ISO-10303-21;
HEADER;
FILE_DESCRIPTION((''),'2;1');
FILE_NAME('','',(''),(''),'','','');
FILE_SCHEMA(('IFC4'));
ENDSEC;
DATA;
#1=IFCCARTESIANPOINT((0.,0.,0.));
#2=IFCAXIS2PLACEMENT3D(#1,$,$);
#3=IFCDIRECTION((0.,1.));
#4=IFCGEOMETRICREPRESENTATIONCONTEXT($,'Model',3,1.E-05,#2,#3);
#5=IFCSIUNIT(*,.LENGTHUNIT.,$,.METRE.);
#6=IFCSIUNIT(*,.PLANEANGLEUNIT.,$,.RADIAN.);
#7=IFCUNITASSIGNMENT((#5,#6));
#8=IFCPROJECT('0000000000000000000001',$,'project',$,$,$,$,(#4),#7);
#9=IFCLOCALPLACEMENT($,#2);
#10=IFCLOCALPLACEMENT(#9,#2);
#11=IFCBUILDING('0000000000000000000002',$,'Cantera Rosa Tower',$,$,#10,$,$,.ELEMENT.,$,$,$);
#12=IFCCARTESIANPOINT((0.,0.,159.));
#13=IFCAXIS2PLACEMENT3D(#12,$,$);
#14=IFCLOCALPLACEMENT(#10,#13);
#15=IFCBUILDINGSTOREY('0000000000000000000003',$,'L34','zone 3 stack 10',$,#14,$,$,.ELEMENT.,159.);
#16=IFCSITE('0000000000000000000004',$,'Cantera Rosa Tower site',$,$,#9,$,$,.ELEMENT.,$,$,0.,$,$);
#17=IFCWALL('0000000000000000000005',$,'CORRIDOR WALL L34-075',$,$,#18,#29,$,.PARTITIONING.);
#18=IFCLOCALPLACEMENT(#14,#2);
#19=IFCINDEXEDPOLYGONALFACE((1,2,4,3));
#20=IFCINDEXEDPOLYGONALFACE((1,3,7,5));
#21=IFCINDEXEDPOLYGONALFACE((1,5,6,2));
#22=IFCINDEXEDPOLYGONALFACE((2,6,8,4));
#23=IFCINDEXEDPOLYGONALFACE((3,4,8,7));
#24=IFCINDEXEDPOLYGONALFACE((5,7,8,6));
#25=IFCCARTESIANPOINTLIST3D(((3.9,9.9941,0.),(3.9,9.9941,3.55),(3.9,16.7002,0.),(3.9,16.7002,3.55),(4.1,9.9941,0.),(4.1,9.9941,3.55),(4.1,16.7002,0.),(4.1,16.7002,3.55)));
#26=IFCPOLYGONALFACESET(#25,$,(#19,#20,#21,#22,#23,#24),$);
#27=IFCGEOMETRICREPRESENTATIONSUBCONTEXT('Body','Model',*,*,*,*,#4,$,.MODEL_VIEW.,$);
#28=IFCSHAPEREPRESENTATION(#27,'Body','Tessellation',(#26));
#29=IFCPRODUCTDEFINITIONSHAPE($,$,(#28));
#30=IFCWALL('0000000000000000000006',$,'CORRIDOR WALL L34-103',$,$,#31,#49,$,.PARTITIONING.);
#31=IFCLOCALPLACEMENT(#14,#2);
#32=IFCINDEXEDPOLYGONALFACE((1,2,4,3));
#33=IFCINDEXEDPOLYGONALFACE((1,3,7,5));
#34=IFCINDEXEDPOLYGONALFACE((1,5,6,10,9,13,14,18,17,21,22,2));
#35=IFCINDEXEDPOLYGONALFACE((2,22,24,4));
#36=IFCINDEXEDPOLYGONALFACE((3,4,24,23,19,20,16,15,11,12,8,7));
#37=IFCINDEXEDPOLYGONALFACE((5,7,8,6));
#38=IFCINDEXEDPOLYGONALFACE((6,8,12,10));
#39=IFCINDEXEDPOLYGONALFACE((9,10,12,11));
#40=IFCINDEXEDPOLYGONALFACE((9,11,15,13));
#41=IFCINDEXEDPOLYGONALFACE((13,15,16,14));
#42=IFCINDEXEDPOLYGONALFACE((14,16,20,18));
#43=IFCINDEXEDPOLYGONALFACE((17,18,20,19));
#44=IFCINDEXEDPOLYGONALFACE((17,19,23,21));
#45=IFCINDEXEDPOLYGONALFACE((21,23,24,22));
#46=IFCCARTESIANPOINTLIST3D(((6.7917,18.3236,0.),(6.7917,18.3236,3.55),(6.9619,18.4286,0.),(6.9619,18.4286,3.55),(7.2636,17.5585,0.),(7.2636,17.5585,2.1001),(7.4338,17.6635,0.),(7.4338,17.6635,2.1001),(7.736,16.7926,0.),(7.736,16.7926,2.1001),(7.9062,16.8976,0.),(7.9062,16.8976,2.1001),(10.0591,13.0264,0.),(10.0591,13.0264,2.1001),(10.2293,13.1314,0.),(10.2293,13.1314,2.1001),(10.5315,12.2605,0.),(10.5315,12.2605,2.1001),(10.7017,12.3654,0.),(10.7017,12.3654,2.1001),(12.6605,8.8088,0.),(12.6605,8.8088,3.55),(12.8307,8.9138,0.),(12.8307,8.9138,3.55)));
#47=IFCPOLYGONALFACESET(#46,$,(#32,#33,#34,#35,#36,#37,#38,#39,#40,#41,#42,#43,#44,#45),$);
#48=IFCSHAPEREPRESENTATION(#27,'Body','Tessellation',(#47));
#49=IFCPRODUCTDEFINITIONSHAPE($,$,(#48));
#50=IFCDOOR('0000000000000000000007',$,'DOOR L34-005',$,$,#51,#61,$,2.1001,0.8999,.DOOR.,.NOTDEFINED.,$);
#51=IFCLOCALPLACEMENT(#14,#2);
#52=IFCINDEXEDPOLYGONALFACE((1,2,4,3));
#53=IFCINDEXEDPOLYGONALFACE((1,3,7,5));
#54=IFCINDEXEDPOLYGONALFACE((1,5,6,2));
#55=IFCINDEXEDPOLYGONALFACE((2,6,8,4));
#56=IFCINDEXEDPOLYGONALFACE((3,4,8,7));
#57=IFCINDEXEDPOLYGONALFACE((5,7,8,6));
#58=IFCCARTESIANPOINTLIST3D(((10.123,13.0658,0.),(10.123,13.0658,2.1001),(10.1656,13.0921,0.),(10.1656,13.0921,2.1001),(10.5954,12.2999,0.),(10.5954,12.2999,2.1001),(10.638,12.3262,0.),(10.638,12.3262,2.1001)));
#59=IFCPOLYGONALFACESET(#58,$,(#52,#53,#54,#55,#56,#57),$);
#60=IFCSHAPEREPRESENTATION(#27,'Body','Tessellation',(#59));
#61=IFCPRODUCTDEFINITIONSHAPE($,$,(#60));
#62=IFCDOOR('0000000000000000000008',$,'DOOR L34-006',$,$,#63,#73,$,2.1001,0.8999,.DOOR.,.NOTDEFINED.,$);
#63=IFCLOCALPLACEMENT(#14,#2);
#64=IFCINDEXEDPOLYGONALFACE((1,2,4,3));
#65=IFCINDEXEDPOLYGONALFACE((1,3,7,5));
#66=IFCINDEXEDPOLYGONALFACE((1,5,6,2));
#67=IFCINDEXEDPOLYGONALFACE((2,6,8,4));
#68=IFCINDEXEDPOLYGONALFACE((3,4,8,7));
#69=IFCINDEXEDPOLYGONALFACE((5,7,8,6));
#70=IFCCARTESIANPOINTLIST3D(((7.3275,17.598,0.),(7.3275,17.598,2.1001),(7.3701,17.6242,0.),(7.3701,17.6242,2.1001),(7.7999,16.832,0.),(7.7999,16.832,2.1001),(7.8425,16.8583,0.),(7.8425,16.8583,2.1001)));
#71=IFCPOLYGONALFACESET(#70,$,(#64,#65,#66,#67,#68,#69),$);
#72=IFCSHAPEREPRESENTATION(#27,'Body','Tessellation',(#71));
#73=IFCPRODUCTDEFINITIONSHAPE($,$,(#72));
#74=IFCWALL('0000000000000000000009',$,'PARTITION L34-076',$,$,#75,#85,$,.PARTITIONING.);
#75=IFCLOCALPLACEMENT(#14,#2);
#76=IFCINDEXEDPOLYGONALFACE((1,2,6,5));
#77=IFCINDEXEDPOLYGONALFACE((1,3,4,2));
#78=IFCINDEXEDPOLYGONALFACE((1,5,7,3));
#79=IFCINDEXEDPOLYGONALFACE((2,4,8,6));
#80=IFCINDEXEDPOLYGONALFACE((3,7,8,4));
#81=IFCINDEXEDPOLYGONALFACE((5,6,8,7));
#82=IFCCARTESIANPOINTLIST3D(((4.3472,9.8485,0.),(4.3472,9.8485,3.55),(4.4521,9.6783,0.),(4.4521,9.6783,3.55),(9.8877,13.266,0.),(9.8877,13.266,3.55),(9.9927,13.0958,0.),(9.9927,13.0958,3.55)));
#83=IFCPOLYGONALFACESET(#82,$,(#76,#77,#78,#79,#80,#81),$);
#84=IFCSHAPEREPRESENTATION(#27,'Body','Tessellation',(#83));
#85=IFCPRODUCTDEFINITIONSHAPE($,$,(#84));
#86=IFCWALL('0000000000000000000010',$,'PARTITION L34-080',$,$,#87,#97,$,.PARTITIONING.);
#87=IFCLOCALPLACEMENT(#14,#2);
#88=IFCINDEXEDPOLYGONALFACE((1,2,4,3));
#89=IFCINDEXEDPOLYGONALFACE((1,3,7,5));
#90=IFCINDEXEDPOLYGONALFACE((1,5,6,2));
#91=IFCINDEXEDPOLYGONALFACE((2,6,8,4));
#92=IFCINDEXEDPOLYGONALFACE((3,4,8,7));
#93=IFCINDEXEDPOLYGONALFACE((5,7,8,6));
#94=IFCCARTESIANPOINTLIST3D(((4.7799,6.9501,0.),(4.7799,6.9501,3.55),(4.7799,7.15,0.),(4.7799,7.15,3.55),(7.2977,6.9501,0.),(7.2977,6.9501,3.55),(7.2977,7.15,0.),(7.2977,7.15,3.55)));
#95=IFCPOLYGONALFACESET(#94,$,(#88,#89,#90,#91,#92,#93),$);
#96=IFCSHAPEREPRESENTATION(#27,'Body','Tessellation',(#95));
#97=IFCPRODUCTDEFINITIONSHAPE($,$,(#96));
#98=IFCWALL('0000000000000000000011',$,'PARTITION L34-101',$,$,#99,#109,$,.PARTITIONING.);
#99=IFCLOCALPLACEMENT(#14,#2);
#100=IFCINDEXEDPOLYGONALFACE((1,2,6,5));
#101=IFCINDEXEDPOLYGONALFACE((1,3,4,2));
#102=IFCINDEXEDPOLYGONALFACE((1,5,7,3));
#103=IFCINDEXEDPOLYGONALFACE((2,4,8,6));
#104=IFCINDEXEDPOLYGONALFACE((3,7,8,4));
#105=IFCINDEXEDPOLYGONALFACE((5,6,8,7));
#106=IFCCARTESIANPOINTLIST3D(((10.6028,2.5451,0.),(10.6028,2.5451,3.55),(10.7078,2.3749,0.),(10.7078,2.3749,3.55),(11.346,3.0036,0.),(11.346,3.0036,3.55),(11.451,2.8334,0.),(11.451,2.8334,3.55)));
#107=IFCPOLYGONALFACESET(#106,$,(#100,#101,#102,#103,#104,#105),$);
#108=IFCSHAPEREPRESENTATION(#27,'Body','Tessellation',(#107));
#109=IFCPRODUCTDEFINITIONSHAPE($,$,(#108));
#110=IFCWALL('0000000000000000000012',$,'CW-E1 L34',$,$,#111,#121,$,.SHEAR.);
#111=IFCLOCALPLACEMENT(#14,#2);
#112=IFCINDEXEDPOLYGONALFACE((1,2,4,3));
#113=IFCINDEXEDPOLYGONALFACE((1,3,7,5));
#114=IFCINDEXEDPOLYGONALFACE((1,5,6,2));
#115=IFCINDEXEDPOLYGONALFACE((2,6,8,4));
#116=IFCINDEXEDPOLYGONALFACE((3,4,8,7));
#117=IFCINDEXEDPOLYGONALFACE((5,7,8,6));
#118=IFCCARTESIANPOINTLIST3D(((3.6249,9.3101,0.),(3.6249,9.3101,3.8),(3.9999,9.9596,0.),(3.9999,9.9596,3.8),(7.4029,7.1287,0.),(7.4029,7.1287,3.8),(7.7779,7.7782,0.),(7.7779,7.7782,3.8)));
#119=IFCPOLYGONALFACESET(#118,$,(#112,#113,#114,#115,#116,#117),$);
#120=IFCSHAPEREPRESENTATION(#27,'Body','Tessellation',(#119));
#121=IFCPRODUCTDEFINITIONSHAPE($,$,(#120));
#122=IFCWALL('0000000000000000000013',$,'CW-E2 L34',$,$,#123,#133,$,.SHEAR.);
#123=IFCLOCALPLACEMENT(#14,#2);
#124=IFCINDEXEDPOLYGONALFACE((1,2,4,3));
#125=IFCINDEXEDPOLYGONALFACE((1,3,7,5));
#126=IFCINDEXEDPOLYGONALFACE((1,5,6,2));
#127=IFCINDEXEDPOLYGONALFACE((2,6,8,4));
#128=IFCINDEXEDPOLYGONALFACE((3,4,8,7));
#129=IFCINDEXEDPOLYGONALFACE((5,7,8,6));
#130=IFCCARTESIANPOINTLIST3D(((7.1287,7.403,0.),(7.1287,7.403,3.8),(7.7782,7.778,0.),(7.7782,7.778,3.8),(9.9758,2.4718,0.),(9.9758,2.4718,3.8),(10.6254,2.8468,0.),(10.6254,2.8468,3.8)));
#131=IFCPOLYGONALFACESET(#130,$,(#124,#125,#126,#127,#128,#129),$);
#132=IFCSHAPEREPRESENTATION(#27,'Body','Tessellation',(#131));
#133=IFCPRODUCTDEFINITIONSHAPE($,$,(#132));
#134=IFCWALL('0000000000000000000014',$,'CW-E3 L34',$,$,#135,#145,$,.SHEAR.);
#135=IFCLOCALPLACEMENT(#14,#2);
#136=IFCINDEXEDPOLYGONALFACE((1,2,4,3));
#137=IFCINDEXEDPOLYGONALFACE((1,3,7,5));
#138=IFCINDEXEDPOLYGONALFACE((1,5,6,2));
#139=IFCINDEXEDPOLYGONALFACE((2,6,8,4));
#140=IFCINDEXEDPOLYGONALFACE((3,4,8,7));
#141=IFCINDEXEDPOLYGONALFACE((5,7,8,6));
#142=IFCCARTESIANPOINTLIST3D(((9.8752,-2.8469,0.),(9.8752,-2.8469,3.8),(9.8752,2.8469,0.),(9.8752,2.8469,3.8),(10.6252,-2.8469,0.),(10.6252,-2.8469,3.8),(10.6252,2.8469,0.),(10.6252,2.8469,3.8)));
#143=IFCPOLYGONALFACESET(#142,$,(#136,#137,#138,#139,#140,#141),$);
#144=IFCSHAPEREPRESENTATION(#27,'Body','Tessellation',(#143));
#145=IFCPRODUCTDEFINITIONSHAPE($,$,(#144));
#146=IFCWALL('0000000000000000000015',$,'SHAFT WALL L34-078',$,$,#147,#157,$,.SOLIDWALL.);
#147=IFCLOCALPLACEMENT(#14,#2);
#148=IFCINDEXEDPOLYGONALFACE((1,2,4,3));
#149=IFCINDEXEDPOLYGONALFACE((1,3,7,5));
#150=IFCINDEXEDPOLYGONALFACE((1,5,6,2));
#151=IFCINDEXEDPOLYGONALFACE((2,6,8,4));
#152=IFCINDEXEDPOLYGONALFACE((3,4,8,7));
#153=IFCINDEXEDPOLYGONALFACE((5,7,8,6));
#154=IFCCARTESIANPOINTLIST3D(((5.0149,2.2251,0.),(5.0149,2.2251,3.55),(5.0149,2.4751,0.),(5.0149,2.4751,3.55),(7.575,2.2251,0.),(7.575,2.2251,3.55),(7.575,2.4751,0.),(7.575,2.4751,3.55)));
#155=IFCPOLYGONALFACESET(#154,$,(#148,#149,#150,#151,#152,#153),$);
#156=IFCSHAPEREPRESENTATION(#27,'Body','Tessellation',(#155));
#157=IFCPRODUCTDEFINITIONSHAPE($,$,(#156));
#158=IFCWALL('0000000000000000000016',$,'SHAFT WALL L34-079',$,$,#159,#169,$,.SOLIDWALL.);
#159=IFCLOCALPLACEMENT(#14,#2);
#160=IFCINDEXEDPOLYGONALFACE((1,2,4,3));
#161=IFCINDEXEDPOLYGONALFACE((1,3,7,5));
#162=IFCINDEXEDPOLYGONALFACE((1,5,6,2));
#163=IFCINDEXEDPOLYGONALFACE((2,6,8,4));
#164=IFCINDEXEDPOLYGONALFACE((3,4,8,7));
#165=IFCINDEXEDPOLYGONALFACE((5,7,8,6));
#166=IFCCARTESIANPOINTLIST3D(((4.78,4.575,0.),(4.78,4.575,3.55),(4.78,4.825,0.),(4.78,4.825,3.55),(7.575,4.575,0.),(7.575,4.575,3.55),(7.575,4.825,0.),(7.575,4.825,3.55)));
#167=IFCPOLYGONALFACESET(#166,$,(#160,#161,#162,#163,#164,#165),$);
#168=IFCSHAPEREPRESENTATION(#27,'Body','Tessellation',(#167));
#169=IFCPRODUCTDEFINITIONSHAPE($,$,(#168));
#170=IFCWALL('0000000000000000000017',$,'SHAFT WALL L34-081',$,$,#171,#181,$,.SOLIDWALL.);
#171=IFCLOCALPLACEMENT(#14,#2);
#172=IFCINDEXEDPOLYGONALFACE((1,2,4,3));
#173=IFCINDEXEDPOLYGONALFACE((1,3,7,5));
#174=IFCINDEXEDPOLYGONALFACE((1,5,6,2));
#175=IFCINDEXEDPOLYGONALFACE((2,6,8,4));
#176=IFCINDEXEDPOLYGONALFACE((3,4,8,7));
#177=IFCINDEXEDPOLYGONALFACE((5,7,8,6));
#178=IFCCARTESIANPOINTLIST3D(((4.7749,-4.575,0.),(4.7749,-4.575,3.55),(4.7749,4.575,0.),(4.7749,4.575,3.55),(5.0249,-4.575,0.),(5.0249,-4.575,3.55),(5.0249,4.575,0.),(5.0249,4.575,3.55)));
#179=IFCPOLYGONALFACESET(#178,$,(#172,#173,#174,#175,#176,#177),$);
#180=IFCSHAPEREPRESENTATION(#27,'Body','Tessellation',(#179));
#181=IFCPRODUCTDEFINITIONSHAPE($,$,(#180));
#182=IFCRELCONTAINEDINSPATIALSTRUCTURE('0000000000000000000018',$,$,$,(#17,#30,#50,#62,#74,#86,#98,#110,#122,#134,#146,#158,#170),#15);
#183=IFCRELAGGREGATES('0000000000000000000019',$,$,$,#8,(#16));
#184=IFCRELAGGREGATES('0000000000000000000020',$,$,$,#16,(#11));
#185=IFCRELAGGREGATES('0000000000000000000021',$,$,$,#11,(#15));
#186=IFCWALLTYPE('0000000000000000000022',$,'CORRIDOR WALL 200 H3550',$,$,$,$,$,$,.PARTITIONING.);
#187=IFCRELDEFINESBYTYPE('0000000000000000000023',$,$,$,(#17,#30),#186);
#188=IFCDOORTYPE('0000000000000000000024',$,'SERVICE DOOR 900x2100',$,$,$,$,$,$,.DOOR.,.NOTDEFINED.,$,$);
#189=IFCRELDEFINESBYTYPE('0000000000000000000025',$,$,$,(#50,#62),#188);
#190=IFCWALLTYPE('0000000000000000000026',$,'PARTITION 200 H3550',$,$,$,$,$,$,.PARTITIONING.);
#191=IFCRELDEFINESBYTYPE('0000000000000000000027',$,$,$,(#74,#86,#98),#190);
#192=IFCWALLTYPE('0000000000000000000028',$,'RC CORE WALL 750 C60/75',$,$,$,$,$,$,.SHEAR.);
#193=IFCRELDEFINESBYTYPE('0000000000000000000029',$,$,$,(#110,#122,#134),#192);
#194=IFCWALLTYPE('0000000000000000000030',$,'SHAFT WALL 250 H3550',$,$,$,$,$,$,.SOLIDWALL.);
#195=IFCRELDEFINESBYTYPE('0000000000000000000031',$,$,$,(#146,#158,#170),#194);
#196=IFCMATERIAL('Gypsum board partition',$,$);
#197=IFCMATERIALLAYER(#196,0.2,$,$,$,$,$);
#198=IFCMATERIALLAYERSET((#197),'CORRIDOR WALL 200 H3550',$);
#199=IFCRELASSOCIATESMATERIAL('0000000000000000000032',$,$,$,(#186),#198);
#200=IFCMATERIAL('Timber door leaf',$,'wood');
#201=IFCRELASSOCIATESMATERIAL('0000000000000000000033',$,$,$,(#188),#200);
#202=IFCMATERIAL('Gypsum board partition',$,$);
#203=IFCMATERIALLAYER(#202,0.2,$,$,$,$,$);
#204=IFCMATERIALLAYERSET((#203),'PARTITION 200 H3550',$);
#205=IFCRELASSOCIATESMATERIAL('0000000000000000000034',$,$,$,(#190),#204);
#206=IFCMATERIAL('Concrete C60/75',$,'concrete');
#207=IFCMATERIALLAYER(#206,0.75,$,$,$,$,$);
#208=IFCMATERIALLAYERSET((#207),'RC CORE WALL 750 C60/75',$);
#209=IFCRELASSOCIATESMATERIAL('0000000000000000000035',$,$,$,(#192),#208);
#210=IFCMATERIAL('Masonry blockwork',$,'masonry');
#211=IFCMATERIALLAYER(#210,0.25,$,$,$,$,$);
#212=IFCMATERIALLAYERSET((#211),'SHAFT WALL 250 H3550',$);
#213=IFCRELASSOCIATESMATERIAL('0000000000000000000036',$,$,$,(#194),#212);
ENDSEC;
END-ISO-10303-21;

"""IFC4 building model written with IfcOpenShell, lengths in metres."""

from ifc_helpers import new_model, si_unit, direction, frame, frame_2d, origin, place, context, subcontext, project, spatial, rectangle, extrude, material, layer, layer_set, type_object, element, fill, save


model = new_model("IFC4")

# Units and contexts
model_context = context("Model", 3, precision=1e-05, world=origin(), true_north=direction((0.0, 1.0)))
body_context = subcontext(model_context, "Body", "Model", "MODEL_VIEW")
ifc_project = project(units=[si_unit("LENGTHUNIT", "METRE"), si_unit("PLANEANGLEUNIT", "RADIAN")], contexts=[model_context])

# Site, building, storey
site_placement = place(None, origin())
site = spatial("IfcSite", under=ifc_project, at=site_placement, Name="Cantera Rosa Tower site", CompositionType="ELEMENT", RefElevation=0.0)
building_placement = place(site_placement, origin())
building = spatial("IfcBuilding", under=site, at=building_placement, Name="Cantera Rosa Tower", CompositionType="ELEMENT")
storey_placement = place(building_placement, frame((0.0, 0.0, 159.0)))
storey = spatial("IfcBuildingStorey", under=building, at=storey_placement, Name="L34", Description="zone 3 stack 10", CompositionType="ELEMENT", Elevation=159.0)

# Wall
ifc_material_1 = material(Name="Gypsum board partition")
ifc_layer_1 = layer(ifc_material_1, 0.2)
ifc_layer_set_1 = layer_set([ifc_layer_1], Name="CORRIDOR WALL 200 H3550")
wall_type_1 = type_object("IfcWallType", Name="CORRIDOR WALL 200 H3550", PredefinedType="PARTITIONING", material=ifc_layer_set_1)
wall_1_placement = place(storey_placement, frame((4.0, 9.9941, 0.0), z_axis=(0.0, 0.0, 1.0), x_axis=(0.0, 1.0, 0.0)))
element("IfcWall", 1, at=wall_1_placement, inside=storey, type_object=wall_type_1, Name="CORRIDOR WALL L34-075", PredefinedType="PARTITIONING", context=body_context, shape_type="SweptSolid", body=[
    extrude(rectangle(XDim=6.7061, YDim=0.2, at=frame_2d((3.353, 0.0))), origin(), (0.0, 0.0, 1.0), 3.55),
])

# Wall, openings, doors
wall_2_placement = place(storey_placement, frame((12.7456, 8.8613, 0.0), z_axis=(0.0, 0.0, 1.0), x_axis=(-0.524978, 0.851116, 0.0)))
wall_2 = element("IfcWall", 2, at=wall_2_placement, inside=storey, type_object=wall_type_1, Name="CORRIDOR WALL L34-103", PredefinedType="PARTITIONING", context=body_context, shape_type="SweptSolid", body=[
    extrude(rectangle(XDim=11.1792, YDim=0.2, at=frame_2d((5.5896, 0.0))), origin(), (0.0, 0.0, 1.0), 3.55),
])
opening_1_placement = place(wall_2_placement, frame((4.0554, 0.0, 0.0)))
opening_1 = element("IfcOpeningElement", 3, at=opening_1_placement, cuts=wall_2, PredefinedType="OPENING", context=body_context, shape_type="SweptSolid", body=[
    extrude(rectangle(XDim=0.8999, YDim=2.1001, at=frame_2d((0.45, 1.05))), frame((0.0, 0.1099, 0.0), z_axis=(0.0, -1.0, 0.0), x_axis=(1.0, 0.0, 0.0)), (0.0, 0.0, 1.0), 0.22),
])
opening_2_placement = place(wall_2_placement, frame((9.3804, 0.0, 0.0)))
opening_2 = element("IfcOpeningElement", 4, at=opening_2_placement, cuts=wall_2, PredefinedType="OPENING", context=body_context, shape_type="SweptSolid", body=[
    extrude(rectangle(XDim=0.8999, YDim=2.1001, at=frame_2d((0.45, 1.05))), frame((0.0, 0.1099, 0.0), z_axis=(0.0, -1.0, 0.0), x_axis=(1.0, 0.0, 0.0)), (0.0, 0.0, 1.0), 0.22),
])
ifc_material_2 = material(Name="Timber door leaf", Category="wood")
door_type = type_object("IfcDoorType", Name="SERVICE DOOR 900x2100", OperationType="NOTDEFINED", PredefinedType="DOOR", material=ifc_material_2)
door_1_placement = place(opening_1_placement, origin())
door_1 = element("IfcDoor", 5, at=door_1_placement, inside=storey, type_object=door_type, Name="DOOR L34-005", OperationType="NOTDEFINED", OverallHeight=2.1001, OverallWidth=0.8999, PredefinedType="DOOR", context=body_context, shape_type="SweptSolid", body=[
    extrude(rectangle(XDim=0.8999, YDim=2.1001, at=frame_2d((0.45, 1.05))), frame((0.0, 0.0249, 0.0), z_axis=(0.0, -1.0, 0.0), x_axis=(1.0, 0.0, 0.0)), (0.0, 0.0, 1.0), 0.05),
])
fill(opening_1, door_1)
door_2_placement = place(opening_2_placement, origin())
door_2 = element("IfcDoor", 6, at=door_2_placement, inside=storey, type_object=door_type, Name="DOOR L34-006", OperationType="NOTDEFINED", OverallHeight=2.1001, OverallWidth=0.8999, PredefinedType="DOOR", context=body_context, shape_type="SweptSolid", body=[
    extrude(rectangle(XDim=0.8999, YDim=2.1001, at=frame_2d((0.45, 1.05))), frame((0.0, 0.0249, 0.0), z_axis=(0.0, -1.0, 0.0), x_axis=(1.0, 0.0, 0.0)), (0.0, 0.0, 1.0), 0.05),
])
fill(opening_2, door_2)

# Walls
ifc_material_3 = material(Name="Gypsum board partition")
ifc_layer_2 = layer(ifc_material_3, 0.2)
ifc_layer_set_2 = layer_set([ifc_layer_2], Name="PARTITION 200 H3550")
wall_type_2 = type_object("IfcWallType", Name="PARTITION 200 H3550", PredefinedType="PARTITIONING", material=ifc_layer_set_2)
wall_3_placement = place(storey_placement, frame((4.3997, 9.7634, 0.0), z_axis=(0.0, 0.0, 1.0), x_axis=(0.851114, 0.52498, 0.0)))
element("IfcWall", 7, at=wall_3_placement, inside=storey, type_object=wall_type_2, Name="PARTITION L34-076", PredefinedType="PARTITIONING", context=body_context, shape_type="SweptSolid", body=[
    extrude(rectangle(XDim=6.5098, YDim=0.2, at=frame_2d((3.2549, 0.0))), origin(), (0.0, 0.0, 1.0), 3.55),
])
wall_4_placement = place(storey_placement, frame((4.78, 7.05, 0.0), z_axis=(0.0, 0.0, 1.0), x_axis=(1.0, 0.0, 0.0)))
element("IfcWall", 8, at=wall_4_placement, inside=storey, type_object=wall_type_2, Name="PARTITION L34-080", PredefinedType="PARTITIONING", context=body_context, shape_type="SweptSolid", body=[
    extrude(rectangle(XDim=2.5178, YDim=0.2, at=frame_2d((1.2588, 0.0))), origin(), (0.0, 0.0, 1.0), 3.55),
])
wall_5_placement = place(storey_placement, frame((11.3984, 2.9185, 0.0), z_axis=(0.0, 0.0, 1.0), x_axis=(-0.851063, -0.525064, 0.0)))
element("IfcWall", 9, at=wall_5_placement, inside=storey, type_object=wall_type_2, Name="PARTITION L34-101", PredefinedType="PARTITIONING", context=body_context, shape_type="SweptSolid", body=[
    extrude(rectangle(XDim=0.8733, YDim=0.2, at=frame_2d((0.4365, 0.0))), origin(), (0.0, 0.0, 1.0), 3.55),
])
ifc_material_4 = material(Name="Concrete C60/75", Category="concrete")
ifc_layer_3 = layer(ifc_material_4, 0.75)
ifc_layer_set_3 = layer_set([ifc_layer_3], Name="RC CORE WALL 750 C60/75")
wall_type_3 = type_object("IfcWallType", Name="RC CORE WALL 750 C60/75", PredefinedType="SHEAR", material=ifc_layer_set_3)
wall_6_placement = place(storey_placement, frame((3.8125, 9.6348, 0.0), z_axis=(0.0, 0.0, 1.0), x_axis=(0.866013, -0.500021, 0.0)))
element("IfcWall", 10, at=wall_6_placement, inside=storey, type_object=wall_type_3, Name="CW-E1 L34", PredefinedType="SHEAR", context=body_context, shape_type="SweptSolid", body=[
    extrude(rectangle(XDim=4.3625, YDim=0.75, at=frame_2d((2.1812, 0.0))), origin(), (0.0, 0.0, 1.0), 3.8),
])
wall_7_placement = place(storey_placement, frame((7.4534, 7.5906, 0.0), z_axis=(0.0, 0.0, 1.0), x_axis=(0.500022, -0.866013, 0.0)))
element("IfcWall", 11, at=wall_7_placement, inside=storey, type_object=wall_type_3, Name="CW-E2 L34", PredefinedType="SHEAR", context=body_context, shape_type="SweptSolid", body=[
    extrude(rectangle(XDim=5.6941, YDim=0.75, at=frame_2d((2.8472, 0.0))), origin(), (0.0, 0.0, 1.0), 3.8),
])
wall_8_placement = place(storey_placement, frame((10.2502, 2.8469, 0.0), z_axis=(0.0, 0.0, 1.0), x_axis=(0.0, -1.0, 0.0)))
element("IfcWall", 12, at=wall_8_placement, inside=storey, type_object=wall_type_3, Name="CW-E3 L34", PredefinedType="SHEAR", context=body_context, shape_type="SweptSolid", body=[
    extrude(rectangle(XDim=5.6938, YDim=0.75, at=frame_2d((2.8469, 0.0))), origin(), (0.0, 0.0, 1.0), 3.8),
])
ifc_material_5 = material(Name="Masonry blockwork", Category="masonry")
ifc_layer_4 = layer(ifc_material_5, 0.25)
ifc_layer_set_4 = layer_set([ifc_layer_4], Name="SHAFT WALL 250 H3550")
wall_type_4 = type_object("IfcWallType", Name="SHAFT WALL 250 H3550", PredefinedType="SOLIDWALL", material=ifc_layer_set_4)
wall_9_placement = place(storey_placement, frame((5.0149, 2.3501, 0.0), z_axis=(0.0, 0.0, 1.0), x_axis=(1.0, 0.0, 0.0)))
element("IfcWall", 13, at=wall_9_placement, inside=storey, type_object=wall_type_4, Name="SHAFT WALL L34-078", PredefinedType="SOLIDWALL", context=body_context, shape_type="SweptSolid", body=[
    extrude(rectangle(XDim=2.5601, YDim=0.25, at=frame_2d((1.28, 0.0))), origin(), (0.0, 0.0, 1.0), 3.55),
])
wall_10_placement = place(storey_placement, frame((4.78, 4.7, 0.0), z_axis=(0.0, 0.0, 1.0), x_axis=(1.0, 0.0, 0.0)))
element("IfcWall", 14, at=wall_10_placement, inside=storey, type_object=wall_type_4, Name="SHAFT WALL L34-079", PredefinedType="SOLIDWALL", context=body_context, shape_type="SweptSolid", body=[
    extrude(rectangle(XDim=2.7949, YDim=0.25, at=frame_2d((1.3975, 0.0))), origin(), (0.0, 0.0, 1.0), 3.55),
])
wall_11_placement = place(storey_placement, frame((4.8999, 4.575, 0.0), z_axis=(0.0, 0.0, 1.0), x_axis=(0.0, -1.0, 0.0)))
element("IfcWall", 15, at=wall_11_placement, inside=storey, type_object=wall_type_4, Name="SHAFT WALL L34-081", PredefinedType="SOLIDWALL", context=body_context, shape_type="SweptSolid", body=[
    extrude(rectangle(XDim=9.1499, YDim=0.25, at=frame_2d((4.575, 0.0))), origin(), (0.0, 0.0, 1.0), 3.55),
])

save(model, "model.ifc")
